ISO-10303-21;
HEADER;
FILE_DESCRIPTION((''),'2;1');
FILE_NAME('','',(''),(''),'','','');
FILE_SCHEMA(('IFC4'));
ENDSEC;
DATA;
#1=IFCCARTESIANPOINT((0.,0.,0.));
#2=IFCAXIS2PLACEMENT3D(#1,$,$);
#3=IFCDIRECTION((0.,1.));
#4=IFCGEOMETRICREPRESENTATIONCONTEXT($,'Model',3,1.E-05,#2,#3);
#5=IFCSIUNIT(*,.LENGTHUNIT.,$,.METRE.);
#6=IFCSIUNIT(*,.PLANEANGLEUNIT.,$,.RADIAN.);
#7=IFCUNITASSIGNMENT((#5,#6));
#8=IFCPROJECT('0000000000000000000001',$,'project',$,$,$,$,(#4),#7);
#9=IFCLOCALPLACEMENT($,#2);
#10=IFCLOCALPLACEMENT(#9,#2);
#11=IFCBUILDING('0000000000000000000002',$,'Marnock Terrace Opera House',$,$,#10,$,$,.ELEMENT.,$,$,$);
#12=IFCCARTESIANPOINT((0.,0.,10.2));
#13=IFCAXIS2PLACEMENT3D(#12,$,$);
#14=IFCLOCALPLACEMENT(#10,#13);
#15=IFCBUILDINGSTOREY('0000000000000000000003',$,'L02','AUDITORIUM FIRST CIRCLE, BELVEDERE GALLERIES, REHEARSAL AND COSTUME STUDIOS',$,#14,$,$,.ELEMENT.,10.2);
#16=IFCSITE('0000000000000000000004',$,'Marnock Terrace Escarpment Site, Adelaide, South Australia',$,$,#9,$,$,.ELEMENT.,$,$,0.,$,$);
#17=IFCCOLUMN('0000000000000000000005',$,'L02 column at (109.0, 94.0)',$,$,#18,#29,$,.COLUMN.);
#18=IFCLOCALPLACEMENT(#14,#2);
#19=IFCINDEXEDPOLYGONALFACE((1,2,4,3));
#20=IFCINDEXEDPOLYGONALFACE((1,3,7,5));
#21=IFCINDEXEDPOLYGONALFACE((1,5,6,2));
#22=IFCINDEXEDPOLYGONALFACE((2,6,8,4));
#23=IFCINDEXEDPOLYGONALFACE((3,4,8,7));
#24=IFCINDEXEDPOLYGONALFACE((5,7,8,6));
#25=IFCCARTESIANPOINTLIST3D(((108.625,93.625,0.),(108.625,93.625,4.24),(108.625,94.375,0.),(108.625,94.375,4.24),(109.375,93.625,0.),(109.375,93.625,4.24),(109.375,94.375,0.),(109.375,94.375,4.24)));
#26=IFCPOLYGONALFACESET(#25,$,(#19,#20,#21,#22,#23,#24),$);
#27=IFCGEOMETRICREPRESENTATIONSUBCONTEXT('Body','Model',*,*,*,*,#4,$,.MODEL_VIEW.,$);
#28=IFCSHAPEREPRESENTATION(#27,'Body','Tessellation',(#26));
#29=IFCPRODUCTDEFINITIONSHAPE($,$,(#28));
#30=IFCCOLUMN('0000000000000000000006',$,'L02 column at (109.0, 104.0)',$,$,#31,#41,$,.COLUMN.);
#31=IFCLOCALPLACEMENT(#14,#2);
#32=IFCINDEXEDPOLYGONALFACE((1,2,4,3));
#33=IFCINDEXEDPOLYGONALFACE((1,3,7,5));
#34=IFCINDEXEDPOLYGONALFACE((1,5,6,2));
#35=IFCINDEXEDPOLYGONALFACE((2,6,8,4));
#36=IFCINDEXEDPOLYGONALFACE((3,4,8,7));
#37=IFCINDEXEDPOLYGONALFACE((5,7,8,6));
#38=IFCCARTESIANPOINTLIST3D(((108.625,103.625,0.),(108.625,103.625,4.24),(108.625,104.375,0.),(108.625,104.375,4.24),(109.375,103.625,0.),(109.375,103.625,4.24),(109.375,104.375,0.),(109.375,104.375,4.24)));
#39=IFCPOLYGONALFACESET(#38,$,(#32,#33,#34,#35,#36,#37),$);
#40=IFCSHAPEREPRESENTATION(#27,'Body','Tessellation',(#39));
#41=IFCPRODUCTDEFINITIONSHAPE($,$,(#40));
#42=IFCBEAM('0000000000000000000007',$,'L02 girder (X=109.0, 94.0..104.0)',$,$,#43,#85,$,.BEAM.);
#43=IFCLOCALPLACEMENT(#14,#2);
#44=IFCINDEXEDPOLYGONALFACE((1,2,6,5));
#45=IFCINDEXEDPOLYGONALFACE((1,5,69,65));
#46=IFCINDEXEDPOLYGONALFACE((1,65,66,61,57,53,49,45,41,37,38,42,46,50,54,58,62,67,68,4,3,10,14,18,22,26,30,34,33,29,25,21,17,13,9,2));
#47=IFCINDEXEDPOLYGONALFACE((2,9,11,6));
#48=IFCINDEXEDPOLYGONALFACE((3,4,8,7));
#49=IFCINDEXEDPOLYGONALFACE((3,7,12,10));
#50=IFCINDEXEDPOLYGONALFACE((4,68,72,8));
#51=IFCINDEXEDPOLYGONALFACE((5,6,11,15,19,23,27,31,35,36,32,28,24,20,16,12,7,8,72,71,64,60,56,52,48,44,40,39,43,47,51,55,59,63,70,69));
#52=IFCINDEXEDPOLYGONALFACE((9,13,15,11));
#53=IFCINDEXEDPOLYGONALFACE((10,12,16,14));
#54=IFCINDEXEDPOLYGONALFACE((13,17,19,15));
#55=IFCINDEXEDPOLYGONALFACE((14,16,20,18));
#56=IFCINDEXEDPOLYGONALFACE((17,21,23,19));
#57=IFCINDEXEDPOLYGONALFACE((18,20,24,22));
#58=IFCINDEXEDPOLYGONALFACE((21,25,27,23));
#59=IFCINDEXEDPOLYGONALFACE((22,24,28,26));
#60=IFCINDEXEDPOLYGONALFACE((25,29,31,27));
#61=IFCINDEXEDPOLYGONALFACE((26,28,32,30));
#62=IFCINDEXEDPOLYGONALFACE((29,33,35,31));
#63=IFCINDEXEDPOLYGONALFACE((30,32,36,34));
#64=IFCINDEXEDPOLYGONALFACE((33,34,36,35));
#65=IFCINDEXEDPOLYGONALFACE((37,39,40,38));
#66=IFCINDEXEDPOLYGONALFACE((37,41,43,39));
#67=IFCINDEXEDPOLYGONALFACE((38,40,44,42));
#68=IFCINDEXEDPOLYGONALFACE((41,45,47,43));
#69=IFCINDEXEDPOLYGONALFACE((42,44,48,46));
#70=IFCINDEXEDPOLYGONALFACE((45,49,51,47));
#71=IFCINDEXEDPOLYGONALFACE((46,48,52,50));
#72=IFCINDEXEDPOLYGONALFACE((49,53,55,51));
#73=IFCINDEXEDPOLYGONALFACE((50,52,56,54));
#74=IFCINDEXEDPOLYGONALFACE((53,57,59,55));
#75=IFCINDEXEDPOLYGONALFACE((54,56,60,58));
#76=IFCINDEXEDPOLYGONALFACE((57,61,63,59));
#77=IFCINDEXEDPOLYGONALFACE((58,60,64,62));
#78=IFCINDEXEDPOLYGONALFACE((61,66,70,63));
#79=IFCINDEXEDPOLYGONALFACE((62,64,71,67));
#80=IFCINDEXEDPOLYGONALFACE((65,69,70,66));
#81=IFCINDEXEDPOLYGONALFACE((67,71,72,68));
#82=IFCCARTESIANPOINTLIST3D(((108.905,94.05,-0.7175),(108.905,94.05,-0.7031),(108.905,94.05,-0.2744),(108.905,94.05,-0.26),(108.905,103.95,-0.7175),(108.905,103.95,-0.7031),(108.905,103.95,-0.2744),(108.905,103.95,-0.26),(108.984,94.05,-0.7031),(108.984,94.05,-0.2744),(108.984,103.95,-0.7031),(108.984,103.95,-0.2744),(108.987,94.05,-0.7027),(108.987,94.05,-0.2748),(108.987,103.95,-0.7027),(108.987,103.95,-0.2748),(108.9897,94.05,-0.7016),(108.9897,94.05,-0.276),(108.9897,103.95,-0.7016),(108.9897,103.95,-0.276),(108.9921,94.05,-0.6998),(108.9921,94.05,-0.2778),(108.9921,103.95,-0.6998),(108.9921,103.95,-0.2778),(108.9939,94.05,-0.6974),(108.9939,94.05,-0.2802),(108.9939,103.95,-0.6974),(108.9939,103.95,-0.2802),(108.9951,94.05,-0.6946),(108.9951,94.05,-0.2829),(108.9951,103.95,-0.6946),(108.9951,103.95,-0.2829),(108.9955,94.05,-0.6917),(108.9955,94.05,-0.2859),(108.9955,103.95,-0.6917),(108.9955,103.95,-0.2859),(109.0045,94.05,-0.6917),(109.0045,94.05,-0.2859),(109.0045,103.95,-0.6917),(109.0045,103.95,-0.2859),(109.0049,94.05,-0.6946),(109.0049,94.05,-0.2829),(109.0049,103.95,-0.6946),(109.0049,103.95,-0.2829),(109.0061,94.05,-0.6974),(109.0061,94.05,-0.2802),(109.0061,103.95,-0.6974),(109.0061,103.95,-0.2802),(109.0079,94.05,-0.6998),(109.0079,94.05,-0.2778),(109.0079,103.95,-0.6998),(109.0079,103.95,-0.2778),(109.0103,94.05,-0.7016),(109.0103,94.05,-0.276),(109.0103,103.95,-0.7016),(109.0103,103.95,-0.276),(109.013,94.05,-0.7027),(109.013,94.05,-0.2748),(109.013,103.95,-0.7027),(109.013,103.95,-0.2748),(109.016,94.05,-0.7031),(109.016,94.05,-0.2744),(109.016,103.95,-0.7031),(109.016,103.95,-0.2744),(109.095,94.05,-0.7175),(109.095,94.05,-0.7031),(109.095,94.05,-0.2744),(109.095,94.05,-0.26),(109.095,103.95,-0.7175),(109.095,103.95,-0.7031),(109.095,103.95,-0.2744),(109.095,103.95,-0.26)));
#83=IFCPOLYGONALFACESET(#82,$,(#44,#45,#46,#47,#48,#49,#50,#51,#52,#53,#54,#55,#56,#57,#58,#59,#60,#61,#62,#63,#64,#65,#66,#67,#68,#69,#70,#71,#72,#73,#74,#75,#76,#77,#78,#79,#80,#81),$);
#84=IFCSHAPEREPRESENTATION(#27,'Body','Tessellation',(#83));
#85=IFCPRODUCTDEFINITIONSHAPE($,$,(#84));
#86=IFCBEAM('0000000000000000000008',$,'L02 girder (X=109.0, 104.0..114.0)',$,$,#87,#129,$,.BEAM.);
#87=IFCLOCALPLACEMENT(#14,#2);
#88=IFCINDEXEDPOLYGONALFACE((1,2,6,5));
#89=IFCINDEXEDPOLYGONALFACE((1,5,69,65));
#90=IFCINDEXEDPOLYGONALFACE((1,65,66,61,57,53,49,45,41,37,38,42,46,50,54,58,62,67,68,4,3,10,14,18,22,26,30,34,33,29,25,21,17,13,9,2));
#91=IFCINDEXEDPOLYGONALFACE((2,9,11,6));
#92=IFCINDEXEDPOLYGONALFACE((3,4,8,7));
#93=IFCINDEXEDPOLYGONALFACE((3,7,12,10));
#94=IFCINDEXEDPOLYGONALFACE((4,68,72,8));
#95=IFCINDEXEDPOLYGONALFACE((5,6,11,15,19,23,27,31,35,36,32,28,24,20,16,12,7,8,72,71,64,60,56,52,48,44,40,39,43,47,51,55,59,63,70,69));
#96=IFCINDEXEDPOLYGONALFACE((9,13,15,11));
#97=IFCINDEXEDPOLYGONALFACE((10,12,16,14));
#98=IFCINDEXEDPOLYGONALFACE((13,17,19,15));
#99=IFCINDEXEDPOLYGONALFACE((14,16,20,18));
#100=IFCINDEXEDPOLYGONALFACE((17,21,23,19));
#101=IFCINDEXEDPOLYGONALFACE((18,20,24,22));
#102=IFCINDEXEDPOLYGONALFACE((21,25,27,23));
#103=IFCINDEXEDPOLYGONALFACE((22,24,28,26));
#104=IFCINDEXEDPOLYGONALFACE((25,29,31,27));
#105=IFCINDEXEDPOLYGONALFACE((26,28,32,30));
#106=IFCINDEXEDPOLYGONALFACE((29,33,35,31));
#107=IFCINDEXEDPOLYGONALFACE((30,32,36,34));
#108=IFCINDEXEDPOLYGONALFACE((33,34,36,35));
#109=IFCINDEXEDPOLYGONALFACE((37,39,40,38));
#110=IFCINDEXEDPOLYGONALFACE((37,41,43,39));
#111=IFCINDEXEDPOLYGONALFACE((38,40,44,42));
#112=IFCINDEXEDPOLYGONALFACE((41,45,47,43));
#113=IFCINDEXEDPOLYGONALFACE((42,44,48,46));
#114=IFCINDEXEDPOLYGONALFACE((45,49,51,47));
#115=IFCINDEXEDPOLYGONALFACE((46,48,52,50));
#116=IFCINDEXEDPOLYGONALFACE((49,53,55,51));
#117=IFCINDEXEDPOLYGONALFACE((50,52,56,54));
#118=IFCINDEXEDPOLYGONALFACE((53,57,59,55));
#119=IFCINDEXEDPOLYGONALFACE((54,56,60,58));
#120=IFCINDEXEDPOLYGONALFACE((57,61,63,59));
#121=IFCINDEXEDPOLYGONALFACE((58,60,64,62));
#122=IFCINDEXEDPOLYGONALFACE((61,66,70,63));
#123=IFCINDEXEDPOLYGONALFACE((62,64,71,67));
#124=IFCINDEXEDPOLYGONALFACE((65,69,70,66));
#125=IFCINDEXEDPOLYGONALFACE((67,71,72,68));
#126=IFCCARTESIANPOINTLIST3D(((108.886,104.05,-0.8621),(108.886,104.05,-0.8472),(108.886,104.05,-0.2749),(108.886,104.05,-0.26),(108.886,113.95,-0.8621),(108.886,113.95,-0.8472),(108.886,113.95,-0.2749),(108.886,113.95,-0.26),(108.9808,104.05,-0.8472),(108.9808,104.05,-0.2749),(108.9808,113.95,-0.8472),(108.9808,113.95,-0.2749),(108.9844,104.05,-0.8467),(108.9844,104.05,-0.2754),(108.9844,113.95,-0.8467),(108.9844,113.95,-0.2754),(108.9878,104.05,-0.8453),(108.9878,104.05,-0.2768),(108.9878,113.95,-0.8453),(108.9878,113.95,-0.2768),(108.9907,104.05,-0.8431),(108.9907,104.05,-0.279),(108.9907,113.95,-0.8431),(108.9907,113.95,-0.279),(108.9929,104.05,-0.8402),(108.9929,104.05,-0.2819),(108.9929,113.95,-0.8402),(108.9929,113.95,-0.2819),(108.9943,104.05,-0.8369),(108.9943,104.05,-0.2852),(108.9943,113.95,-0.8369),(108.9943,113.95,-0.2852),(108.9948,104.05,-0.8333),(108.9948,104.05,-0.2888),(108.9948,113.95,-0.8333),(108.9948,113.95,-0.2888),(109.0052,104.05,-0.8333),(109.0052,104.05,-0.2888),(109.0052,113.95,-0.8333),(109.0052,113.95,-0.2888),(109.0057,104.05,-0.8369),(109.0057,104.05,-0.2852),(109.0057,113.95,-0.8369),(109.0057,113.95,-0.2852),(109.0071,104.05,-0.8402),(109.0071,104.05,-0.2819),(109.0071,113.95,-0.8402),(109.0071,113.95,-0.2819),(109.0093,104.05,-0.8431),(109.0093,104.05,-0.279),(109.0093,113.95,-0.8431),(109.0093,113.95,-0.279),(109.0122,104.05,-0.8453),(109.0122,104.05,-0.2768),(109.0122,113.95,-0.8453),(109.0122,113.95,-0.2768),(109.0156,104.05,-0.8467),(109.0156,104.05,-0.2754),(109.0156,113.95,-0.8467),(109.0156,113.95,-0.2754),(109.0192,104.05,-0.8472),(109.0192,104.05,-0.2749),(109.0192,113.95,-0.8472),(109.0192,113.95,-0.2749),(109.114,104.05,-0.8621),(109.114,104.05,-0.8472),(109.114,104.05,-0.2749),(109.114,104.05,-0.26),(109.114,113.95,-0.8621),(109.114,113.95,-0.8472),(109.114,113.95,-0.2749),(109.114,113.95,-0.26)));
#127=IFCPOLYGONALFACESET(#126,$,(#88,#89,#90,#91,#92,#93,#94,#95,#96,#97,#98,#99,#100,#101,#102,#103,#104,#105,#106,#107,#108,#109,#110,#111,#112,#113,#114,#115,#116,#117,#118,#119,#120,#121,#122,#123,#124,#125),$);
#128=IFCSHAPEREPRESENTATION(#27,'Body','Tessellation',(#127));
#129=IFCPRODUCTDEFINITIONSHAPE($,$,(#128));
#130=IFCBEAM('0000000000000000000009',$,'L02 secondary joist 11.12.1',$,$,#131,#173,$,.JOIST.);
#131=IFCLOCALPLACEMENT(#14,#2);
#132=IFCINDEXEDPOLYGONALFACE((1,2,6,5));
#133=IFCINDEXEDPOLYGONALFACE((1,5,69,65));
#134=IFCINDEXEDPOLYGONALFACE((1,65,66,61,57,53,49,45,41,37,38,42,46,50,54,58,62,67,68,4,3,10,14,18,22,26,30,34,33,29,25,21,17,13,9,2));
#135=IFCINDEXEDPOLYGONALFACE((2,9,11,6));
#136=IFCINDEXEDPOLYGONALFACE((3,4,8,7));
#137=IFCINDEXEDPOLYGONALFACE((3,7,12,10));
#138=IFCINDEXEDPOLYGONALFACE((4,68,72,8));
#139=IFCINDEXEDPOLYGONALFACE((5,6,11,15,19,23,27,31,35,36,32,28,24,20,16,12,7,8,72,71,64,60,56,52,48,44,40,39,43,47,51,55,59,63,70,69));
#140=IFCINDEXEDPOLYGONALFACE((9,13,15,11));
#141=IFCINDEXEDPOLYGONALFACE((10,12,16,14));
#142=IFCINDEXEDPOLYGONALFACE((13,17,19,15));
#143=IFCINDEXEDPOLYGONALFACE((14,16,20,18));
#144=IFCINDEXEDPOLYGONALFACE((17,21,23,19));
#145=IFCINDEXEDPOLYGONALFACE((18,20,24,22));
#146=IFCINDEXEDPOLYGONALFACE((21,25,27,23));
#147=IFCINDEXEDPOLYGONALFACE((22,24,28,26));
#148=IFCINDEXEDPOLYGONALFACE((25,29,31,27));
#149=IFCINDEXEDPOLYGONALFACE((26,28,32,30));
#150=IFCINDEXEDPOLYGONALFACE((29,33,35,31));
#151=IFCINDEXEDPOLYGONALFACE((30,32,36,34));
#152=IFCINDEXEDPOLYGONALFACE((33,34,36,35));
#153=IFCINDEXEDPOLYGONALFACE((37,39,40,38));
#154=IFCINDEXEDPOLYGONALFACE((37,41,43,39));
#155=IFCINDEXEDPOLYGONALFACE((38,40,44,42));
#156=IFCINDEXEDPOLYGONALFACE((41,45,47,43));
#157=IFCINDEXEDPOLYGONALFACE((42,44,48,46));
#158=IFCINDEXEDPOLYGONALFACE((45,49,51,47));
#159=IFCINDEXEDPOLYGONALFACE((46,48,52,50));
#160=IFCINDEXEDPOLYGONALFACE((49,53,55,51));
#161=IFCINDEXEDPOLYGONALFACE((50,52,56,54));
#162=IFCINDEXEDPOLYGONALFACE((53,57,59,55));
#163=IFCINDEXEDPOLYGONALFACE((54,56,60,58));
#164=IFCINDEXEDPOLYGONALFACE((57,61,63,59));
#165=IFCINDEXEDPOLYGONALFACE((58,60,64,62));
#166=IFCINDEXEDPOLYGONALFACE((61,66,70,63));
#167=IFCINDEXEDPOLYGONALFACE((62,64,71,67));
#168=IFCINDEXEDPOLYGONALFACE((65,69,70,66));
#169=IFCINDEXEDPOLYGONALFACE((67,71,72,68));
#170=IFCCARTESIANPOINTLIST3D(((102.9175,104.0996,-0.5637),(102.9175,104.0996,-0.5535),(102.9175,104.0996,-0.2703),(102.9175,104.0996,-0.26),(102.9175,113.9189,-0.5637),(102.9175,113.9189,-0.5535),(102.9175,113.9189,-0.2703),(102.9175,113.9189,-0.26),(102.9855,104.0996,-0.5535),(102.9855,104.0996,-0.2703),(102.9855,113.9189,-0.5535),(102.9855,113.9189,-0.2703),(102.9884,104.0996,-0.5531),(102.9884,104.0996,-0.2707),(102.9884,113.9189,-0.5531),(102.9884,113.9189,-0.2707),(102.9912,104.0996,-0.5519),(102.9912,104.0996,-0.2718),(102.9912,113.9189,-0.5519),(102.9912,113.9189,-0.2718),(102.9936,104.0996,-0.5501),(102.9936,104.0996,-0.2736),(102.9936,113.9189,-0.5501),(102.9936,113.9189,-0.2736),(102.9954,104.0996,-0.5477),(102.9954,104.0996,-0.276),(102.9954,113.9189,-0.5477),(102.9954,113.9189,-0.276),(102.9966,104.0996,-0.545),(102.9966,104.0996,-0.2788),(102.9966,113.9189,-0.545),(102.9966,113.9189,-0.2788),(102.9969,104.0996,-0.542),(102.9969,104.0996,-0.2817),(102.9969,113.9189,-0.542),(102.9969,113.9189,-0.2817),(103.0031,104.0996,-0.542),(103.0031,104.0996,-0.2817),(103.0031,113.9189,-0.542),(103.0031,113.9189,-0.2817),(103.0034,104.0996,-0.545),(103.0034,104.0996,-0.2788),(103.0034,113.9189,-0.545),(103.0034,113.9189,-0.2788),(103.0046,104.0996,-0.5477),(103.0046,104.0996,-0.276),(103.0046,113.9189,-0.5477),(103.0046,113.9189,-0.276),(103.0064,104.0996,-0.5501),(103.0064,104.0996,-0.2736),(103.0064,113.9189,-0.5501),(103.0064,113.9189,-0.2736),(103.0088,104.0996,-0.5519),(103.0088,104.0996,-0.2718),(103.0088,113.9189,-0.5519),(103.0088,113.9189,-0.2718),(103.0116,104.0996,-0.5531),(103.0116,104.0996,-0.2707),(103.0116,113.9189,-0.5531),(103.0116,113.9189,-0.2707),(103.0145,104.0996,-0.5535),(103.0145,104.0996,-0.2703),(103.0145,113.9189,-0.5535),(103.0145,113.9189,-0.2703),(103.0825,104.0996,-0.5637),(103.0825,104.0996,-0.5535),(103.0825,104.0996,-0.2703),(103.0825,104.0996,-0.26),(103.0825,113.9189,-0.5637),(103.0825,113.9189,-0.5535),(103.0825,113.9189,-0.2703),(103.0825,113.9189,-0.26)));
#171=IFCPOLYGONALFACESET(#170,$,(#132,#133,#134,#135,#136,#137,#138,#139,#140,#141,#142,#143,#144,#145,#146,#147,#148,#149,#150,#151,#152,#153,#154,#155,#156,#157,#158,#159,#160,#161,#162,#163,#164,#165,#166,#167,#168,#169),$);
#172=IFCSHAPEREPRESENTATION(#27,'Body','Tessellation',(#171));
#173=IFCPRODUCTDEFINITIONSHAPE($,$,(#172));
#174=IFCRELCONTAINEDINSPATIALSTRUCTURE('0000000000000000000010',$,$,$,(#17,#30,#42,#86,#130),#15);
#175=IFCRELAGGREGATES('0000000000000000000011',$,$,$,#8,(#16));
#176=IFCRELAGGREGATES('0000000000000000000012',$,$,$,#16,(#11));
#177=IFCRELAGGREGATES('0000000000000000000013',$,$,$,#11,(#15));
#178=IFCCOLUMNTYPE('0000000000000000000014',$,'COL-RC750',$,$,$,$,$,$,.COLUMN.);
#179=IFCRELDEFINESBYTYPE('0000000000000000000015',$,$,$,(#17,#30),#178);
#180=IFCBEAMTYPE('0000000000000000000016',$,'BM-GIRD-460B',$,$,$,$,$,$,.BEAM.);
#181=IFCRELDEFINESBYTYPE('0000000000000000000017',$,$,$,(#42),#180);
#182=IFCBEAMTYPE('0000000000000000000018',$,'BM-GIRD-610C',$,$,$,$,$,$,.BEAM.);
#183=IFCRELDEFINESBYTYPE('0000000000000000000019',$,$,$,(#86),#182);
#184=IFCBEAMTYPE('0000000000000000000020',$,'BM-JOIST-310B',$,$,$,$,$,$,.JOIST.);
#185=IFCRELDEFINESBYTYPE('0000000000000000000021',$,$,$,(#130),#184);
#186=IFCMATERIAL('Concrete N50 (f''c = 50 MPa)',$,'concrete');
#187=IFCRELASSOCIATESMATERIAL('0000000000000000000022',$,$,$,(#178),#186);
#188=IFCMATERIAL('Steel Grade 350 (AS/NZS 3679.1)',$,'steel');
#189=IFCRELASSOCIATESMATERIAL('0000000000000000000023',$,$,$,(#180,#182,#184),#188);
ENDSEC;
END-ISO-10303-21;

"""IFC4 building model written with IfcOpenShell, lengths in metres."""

from ifc_helpers import new_model, si_unit, direction, frame, origin, origin_2d, place, context, subcontext, project, spatial, rectangle, i_section, extrude, material, material_profile, profile_set, type_object, element, save


model = new_model("IFC4")

# Units and contexts
model_context = context("Model", 3, precision=1e-05, world=origin(), true_north=direction((0.0, 1.0)))
body_context = subcontext(model_context, "Body", "Model", "MODEL_VIEW")
ifc_project = project(units=[si_unit("LENGTHUNIT", "METRE"), si_unit("PLANEANGLEUNIT", "RADIAN")], contexts=[model_context])

# Site, building, storey
site_placement = place(None, origin())
site = spatial("IfcSite", under=ifc_project, at=site_placement, Name="Marnock Terrace Escarpment Site, Adelaide, South Australia", CompositionType="ELEMENT", RefElevation=0.0)
building_placement = place(site_placement, origin())
building = spatial("IfcBuilding", under=site, at=building_placement, Name="Marnock Terrace Opera House", CompositionType="ELEMENT")
storey_placement = place(building_placement, frame((0.0, 0.0, 10.2)))
storey = spatial("IfcBuildingStorey", under=building, at=storey_placement, Name="L02", Description="AUDITORIUM FIRST CIRCLE, BELVEDERE GALLERIES, REHEARSAL AND COSTUME STUDIOS", CompositionType="ELEMENT", Elevation=10.2)

# Columns
ifc_material_1 = material(Name="Concrete N50 (f'c = 50 MPa)", Category="concrete")
ifc_material_profile_1 = material_profile(ifc_material_1, rectangle(XDim=0.75, YDim=0.75, at=origin_2d()))
ifc_profile_set_1 = profile_set([ifc_material_profile_1], Name="Concrete N50 (f'c = 50 MPa)")
column_type = type_object("IfcColumnType", Name="COL-RC750", PredefinedType="COLUMN", material=ifc_profile_set_1)
for number, where, z_axis, x_axis, name in (
    (1, (109.0, 94.0, 0.0), (0.0, 0.0, 1.0), (1.0, 0.0, 0.0), "L02 column at (109.0, 94.0)"),
    (2, (109.0, 104.0, 0.0), (0.0, 0.0, 1.0), (1.0, 0.0, 0.0), "L02 column at (109.0, 104.0)"),
):
    element("IfcColumn", number, at=place(storey_placement, frame(where, z_axis=z_axis, x_axis=x_axis)), inside=storey, type_object=column_type, Name=name, PredefinedType="COLUMN", context=body_context, shape_type="SweptSolid", body=[
        extrude(rectangle(XDim=0.75, YDim=0.75, at=origin_2d()), origin(), (0.0, 0.0, 1.0), 4.24),
    ])

# Beams
ifc_material_2 = material(Name="Steel Grade 350 (AS/NZS 3679.1)", Category="steel")
ifc_material_profile_2 = material_profile(ifc_material_2, i_section(OverallWidth=0.1899, OverallDepth=0.4575, WebThickness=0.009, FlangeThickness=0.0144, FilletRadius=0.0115, at=origin_2d()))
ifc_profile_set_2 = profile_set([ifc_material_profile_2], Name="Steel Grade 350 (AS/NZS 3679.1)")
beam_type_1 = type_object("IfcBeamType", Name="BM-GIRD-460B", PredefinedType="BEAM", material=ifc_profile_set_2)
beam_1_placement = place(storey_placement, frame((109.0, 94.05, -0.4888), z_axis=(0.0, 1.0, 0.0), x_axis=(-1.0, 0.0, 0.0)))
element("IfcBeam", 3, at=beam_1_placement, inside=storey, type_object=beam_type_1, Name="L02 girder (X=109.0, 94.0..104.0)", PredefinedType="BEAM", context=body_context, shape_type="SweptSolid", body=[
    extrude(i_section(OverallWidth=0.1899, OverallDepth=0.4575, WebThickness=0.009, FlangeThickness=0.0144, FilletRadius=0.0115, at=origin_2d()), origin(), (0.0, 0.0, 1.0), 9.8999),
])
ifc_material_profile_3 = material_profile(ifc_material_2, i_section(OverallWidth=0.228, OverallDepth=0.6021, WebThickness=0.0105, FlangeThickness=0.0149, FilletRadius=0.0139, at=origin_2d()))
ifc_profile_set_3 = profile_set([ifc_material_profile_3], Name="Steel Grade 350 (AS/NZS 3679.1)")
beam_type_2 = type_object("IfcBeamType", Name="BM-GIRD-610C", PredefinedType="BEAM", material=ifc_profile_set_3)
beam_2_placement = place(storey_placement, frame((109.0, 104.05, -0.561), z_axis=(0.0, 1.0, 0.0), x_axis=(-1.0, 0.0, 0.0)))
element("IfcBeam", 4, at=beam_2_placement, inside=storey, type_object=beam_type_2, Name="L02 girder (X=109.0, 104.0..114.0)", PredefinedType="BEAM", context=body_context, shape_type="SweptSolid", body=[
    extrude(i_section(OverallWidth=0.228, OverallDepth=0.6021, WebThickness=0.0105, FlangeThickness=0.0149, FilletRadius=0.0139, at=origin_2d()), origin(), (0.0, 0.0, 1.0), 9.8999),
])
ifc_material_profile_4 = material_profile(ifc_material_2, i_section(OverallWidth=0.165, OverallDepth=0.3037, WebThickness=0.0061, FlangeThickness=0.0103, FilletRadius=0.0115, at=origin_2d()))
ifc_profile_set_4 = profile_set([ifc_material_profile_4], Name="Steel Grade 350 (AS/NZS 3679.1)")
beam_type_3 = type_object("IfcBeamType", Name="BM-JOIST-310B", PredefinedType="JOIST", material=ifc_profile_set_4)
for number, where, z_axis, x_axis, name in (
    (5, (103.0, 104.0996, -0.4119), (0.0, 1.0, 0.0), (-1.0, 0.0, 0.0), "L02 secondary joist 11.12.1"),
):
    element("IfcBeam", number, at=place(storey_placement, frame(where, z_axis=z_axis, x_axis=x_axis)), inside=storey, type_object=beam_type_3, Name=name, PredefinedType="JOIST", context=body_context, shape_type="SweptSolid", body=[
        extrude(i_section(OverallWidth=0.165, OverallDepth=0.3037, WebThickness=0.0061, FlangeThickness=0.0103, FilletRadius=0.0115, at=origin_2d()), origin(), (0.0, 0.0, 1.0), 9.8193),
    ])

save(model, "model.ifc")
